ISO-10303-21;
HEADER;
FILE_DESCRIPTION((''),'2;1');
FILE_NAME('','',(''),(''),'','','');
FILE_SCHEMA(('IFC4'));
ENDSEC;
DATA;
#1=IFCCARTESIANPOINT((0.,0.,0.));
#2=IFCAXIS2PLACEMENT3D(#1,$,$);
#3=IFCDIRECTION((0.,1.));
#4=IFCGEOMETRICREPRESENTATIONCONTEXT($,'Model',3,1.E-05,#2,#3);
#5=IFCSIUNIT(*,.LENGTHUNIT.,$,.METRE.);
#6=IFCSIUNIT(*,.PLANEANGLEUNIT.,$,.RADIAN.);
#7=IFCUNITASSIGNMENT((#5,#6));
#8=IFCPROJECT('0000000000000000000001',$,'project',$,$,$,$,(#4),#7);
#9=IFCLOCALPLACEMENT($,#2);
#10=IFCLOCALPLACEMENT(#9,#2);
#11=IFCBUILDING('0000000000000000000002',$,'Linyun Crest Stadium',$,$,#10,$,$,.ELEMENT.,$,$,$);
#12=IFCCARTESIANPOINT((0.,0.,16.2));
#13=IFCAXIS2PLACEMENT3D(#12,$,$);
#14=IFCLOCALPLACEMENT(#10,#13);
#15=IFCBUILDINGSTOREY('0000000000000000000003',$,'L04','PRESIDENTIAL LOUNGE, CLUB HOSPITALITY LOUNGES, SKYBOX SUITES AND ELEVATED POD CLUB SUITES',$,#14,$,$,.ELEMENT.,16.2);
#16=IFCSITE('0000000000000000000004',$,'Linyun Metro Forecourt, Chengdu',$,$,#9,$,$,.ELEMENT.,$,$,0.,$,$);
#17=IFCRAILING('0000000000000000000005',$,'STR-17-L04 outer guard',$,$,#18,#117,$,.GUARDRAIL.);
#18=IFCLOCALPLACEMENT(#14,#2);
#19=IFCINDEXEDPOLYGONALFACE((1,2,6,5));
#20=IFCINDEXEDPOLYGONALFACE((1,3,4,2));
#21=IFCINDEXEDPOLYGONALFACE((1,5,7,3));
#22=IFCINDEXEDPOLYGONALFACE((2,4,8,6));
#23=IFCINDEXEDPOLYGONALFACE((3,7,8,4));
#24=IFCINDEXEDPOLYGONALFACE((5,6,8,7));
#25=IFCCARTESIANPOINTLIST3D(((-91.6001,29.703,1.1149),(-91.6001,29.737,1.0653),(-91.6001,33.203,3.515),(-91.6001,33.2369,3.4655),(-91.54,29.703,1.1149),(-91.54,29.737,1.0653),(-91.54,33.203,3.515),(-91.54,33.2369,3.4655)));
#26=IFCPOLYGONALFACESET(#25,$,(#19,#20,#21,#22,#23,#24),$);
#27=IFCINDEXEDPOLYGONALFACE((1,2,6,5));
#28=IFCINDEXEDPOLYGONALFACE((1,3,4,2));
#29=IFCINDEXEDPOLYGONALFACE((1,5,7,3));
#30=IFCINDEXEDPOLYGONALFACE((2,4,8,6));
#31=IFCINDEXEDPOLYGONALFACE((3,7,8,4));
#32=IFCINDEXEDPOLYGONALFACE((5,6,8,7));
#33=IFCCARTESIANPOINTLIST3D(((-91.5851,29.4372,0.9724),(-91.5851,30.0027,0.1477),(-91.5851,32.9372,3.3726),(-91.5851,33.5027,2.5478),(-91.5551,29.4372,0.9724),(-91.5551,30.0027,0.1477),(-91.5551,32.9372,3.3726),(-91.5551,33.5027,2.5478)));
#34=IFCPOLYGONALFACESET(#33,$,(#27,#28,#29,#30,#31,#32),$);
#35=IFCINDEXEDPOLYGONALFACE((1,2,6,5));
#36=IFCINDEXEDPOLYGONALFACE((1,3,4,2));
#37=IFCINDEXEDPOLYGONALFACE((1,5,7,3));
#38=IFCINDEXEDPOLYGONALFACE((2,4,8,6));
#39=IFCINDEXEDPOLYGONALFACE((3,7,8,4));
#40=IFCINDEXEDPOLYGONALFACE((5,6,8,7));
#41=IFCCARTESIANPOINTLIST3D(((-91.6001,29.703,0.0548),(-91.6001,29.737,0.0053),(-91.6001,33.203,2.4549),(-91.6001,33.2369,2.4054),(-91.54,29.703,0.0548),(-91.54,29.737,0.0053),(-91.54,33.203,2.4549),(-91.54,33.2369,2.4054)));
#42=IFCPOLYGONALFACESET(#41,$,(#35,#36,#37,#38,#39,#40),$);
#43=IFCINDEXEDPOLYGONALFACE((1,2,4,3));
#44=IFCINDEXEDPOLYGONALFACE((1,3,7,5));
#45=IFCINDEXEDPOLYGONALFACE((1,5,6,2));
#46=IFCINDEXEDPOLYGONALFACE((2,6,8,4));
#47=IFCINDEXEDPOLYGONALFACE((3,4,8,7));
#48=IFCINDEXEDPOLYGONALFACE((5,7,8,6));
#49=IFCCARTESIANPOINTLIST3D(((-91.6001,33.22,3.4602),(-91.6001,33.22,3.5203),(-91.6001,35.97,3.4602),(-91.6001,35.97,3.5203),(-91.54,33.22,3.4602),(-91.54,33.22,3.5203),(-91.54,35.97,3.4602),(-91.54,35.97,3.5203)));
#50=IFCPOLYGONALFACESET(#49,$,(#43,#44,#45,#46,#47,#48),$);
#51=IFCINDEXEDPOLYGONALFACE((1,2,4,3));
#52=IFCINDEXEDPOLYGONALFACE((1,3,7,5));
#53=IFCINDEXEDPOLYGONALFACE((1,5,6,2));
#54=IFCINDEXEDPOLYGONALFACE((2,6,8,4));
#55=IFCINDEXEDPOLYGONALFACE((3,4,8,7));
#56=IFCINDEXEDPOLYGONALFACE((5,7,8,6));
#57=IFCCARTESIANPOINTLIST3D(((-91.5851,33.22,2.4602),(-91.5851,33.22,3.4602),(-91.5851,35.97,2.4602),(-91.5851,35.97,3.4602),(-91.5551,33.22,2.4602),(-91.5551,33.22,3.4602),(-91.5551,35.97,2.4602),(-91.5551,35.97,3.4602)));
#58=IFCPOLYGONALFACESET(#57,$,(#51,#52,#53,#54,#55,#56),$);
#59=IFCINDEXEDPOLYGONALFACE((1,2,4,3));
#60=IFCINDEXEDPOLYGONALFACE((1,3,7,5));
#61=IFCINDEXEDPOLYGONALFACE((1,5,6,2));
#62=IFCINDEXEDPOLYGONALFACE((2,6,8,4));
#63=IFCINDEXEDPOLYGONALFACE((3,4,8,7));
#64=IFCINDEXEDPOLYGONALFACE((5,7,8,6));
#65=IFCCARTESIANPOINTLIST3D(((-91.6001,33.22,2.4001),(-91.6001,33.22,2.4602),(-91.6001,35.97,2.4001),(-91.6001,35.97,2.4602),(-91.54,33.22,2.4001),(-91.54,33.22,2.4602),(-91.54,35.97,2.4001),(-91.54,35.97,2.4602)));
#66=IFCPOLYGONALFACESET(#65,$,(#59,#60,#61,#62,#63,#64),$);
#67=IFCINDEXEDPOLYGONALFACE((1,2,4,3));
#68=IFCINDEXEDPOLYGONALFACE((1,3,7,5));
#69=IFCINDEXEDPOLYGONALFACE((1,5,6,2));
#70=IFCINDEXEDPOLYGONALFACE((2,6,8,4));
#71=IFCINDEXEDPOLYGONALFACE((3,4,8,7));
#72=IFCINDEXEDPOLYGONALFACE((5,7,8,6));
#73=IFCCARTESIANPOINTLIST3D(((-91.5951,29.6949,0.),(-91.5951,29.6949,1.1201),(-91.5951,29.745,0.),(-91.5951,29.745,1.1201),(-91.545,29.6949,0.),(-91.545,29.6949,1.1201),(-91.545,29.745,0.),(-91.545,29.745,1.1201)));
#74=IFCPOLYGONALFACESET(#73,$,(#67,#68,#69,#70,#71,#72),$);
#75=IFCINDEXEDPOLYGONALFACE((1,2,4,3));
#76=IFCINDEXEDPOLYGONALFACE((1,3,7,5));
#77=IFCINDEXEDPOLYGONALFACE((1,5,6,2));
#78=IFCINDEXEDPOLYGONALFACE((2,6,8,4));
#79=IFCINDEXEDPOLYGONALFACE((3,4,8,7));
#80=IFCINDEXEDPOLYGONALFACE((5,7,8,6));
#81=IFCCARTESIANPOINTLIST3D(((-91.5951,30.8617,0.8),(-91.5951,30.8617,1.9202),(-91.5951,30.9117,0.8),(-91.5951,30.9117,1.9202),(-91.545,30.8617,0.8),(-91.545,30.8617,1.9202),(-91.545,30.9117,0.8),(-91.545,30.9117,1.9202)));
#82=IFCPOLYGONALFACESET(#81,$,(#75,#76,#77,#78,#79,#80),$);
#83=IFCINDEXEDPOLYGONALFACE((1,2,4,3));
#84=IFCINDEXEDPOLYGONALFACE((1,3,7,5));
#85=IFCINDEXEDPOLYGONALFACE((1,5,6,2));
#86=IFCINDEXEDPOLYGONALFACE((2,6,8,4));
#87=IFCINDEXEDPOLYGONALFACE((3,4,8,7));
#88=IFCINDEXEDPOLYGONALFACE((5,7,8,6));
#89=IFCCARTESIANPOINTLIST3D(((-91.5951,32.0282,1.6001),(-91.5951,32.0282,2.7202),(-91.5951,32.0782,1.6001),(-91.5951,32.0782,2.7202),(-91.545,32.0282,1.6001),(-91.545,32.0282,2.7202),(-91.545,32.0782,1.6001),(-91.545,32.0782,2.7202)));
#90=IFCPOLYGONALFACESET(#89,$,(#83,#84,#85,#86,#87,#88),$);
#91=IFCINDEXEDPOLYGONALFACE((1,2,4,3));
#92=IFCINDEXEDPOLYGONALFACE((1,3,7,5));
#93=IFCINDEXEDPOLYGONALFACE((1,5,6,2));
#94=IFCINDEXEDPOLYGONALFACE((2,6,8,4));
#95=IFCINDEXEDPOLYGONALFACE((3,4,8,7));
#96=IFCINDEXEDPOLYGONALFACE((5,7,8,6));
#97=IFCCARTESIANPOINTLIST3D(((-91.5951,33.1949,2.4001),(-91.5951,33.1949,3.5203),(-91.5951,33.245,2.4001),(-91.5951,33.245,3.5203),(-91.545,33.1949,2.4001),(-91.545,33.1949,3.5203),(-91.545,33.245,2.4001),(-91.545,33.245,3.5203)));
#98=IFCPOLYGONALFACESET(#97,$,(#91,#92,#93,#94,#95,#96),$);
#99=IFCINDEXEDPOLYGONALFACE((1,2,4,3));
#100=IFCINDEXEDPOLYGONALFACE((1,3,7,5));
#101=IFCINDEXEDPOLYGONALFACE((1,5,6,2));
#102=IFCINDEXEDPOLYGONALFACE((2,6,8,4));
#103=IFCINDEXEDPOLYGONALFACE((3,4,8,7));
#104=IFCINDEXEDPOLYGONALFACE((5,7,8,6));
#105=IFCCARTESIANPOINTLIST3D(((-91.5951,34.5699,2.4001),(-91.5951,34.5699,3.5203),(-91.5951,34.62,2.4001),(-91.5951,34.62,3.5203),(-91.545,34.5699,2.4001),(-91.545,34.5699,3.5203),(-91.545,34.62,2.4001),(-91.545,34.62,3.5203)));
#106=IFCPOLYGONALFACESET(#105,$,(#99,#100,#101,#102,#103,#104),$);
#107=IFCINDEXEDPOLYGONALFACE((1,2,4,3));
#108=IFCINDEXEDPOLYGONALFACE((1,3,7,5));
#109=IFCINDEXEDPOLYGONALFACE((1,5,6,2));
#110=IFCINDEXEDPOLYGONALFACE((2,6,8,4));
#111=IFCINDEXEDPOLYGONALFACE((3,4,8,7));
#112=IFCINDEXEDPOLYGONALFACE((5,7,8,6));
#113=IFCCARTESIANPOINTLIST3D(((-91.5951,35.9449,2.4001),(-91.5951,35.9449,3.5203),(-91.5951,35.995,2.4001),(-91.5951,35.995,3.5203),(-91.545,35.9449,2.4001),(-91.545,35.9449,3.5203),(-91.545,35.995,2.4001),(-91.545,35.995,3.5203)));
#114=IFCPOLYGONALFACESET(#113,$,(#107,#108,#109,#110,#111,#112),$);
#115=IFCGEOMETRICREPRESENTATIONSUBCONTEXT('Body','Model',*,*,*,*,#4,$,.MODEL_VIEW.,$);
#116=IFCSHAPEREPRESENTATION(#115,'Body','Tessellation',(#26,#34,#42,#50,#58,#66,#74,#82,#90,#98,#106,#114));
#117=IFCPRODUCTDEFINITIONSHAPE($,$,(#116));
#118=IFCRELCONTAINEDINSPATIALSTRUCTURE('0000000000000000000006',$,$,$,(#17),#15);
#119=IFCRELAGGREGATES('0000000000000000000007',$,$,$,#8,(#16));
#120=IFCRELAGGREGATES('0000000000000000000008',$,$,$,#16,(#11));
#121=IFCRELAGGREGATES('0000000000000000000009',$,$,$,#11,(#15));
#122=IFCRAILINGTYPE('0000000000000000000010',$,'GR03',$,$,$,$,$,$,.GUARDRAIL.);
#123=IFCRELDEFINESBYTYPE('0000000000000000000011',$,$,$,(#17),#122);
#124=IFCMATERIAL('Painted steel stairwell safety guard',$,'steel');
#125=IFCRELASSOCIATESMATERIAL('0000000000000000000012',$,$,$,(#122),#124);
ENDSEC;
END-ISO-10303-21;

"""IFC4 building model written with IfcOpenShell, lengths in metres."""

from ifc_helpers import new_model, si_unit, direction, frame, origin, origin_2d, place, context, subcontext, project, spatial, rectangle, extrude, material, type_object, element, save


model = new_model("IFC4")

# Units and contexts
model_context = context("Model", 3, precision=1e-05, world=origin(), true_north=direction((0.0, 1.0)))
body_context = subcontext(model_context, "Body", "Model", "MODEL_VIEW")
ifc_project = project(units=[si_unit("LENGTHUNIT", "METRE"), si_unit("PLANEANGLEUNIT", "RADIAN")], contexts=[model_context])

# Site, building, storey
site_placement = place(None, origin())
site = spatial("IfcSite", under=ifc_project, at=site_placement, Name="Linyun Metro Forecourt, Chengdu", CompositionType="ELEMENT", RefElevation=0.0)
building_placement = place(site_placement, origin())
building = spatial("IfcBuilding", under=site, at=building_placement, Name="Linyun Crest Stadium", CompositionType="ELEMENT")
storey_placement = place(building_placement, frame((0.0, 0.0, 16.2)))
storey = spatial("IfcBuildingStorey", under=building, at=storey_placement, Name="L04", Description="PRESIDENTIAL LOUNGE, CLUB HOSPITALITY LOUNGES, SKYBOX SUITES AND ELEVATED POD CLUB SUITES", CompositionType="ELEMENT", Elevation=16.2)

# Railing
ifc_material_1 = material(Name="Painted steel stairwell safety guard", Category="steel")
railing_type_1 = type_object("IfcRailingType", Name="GR03", PredefinedType="GUARDRAIL", material=ifc_material_1)
railing_1_placement = place(storey_placement, frame((-91.5701, 29.72, 0.0)))
element("IfcRailing", 1, at=railing_1_placement, inside=storey, type_object=railing_type_1, Name="STR-17-L04 outer guard", PredefinedType="GUARDRAIL", context=body_context, shape_type="SweptSolid", body=[
    extrude(rectangle(XDim=0.0601, YDim=0.0601, at=origin_2d()), frame((0.0, 0.0, 1.0901), z_axis=(0.0, 0.824713, 0.565552), x_axis=(-1.0, 0.0, 0.0)), (0.0, 0.0, 1.0), 4.2439),
    extrude(rectangle(XDim=0.03, YDim=1.0, at=origin_2d()), frame((0.0, 0.0, 0.5601), z_axis=(0.0, 0.824713, 0.565552), x_axis=(-1.0, 0.0, 0.0)), (0.0, 0.0, 1.0), 4.2439),
    extrude(rectangle(XDim=0.0601, YDim=0.0601, at=origin_2d()), frame((0.0, 0.0, 0.03), z_axis=(0.0, 0.824713, 0.565552), x_axis=(-1.0, 0.0, 0.0)), (0.0, 0.0, 1.0), 4.2439),
    extrude(rectangle(XDim=0.0601, YDim=0.0601, at=origin_2d()), frame((0.0, 3.5, 3.4902), z_axis=(0.0, 1.0, 0.0), x_axis=(-1.0, 0.0, 0.0)), (0.0, 0.0, 1.0), 2.75),
    extrude(rectangle(XDim=0.03, YDim=1.0, at=origin_2d()), frame((0.0, 3.5, 2.9602), z_axis=(0.0, 1.0, 0.0), x_axis=(-1.0, 0.0, 0.0)), (0.0, 0.0, 1.0), 2.75),
    extrude(rectangle(XDim=0.0601, YDim=0.0601, at=origin_2d()), frame((0.0, 3.5, 2.4302), z_axis=(0.0, 1.0, 0.0), x_axis=(-1.0, 0.0, 0.0)), (0.0, 0.0, 1.0), 2.75),
    extrude(rectangle(XDim=0.05, YDim=0.05, at=origin_2d()), origin(), (0.0, 0.0, 1.0), 1.1201),
    extrude(rectangle(XDim=0.05, YDim=0.05, at=origin_2d()), frame((0.0, 1.1667, 0.8)), (0.0, 0.0, 1.0), 1.1201),
    extrude(rectangle(XDim=0.05, YDim=0.05, at=origin_2d()), frame((0.0, 2.3333, 1.6001)), (0.0, 0.0, 1.0), 1.1201),
    extrude(rectangle(XDim=0.05, YDim=0.05, at=origin_2d()), frame((0.0, 3.5, 2.4001)), (0.0, 0.0, 1.0), 1.1201),
    extrude(rectangle(XDim=0.05, YDim=0.05, at=origin_2d()), frame((0.0, 4.875, 2.4001)), (0.0, 0.0, 1.0), 1.1201),
    extrude(rectangle(XDim=0.05, YDim=0.05, at=origin_2d()), frame((0.0, 6.25, 2.4001)), (0.0, 0.0, 1.0), 1.1201),
])

save(model, "model.ifc")
